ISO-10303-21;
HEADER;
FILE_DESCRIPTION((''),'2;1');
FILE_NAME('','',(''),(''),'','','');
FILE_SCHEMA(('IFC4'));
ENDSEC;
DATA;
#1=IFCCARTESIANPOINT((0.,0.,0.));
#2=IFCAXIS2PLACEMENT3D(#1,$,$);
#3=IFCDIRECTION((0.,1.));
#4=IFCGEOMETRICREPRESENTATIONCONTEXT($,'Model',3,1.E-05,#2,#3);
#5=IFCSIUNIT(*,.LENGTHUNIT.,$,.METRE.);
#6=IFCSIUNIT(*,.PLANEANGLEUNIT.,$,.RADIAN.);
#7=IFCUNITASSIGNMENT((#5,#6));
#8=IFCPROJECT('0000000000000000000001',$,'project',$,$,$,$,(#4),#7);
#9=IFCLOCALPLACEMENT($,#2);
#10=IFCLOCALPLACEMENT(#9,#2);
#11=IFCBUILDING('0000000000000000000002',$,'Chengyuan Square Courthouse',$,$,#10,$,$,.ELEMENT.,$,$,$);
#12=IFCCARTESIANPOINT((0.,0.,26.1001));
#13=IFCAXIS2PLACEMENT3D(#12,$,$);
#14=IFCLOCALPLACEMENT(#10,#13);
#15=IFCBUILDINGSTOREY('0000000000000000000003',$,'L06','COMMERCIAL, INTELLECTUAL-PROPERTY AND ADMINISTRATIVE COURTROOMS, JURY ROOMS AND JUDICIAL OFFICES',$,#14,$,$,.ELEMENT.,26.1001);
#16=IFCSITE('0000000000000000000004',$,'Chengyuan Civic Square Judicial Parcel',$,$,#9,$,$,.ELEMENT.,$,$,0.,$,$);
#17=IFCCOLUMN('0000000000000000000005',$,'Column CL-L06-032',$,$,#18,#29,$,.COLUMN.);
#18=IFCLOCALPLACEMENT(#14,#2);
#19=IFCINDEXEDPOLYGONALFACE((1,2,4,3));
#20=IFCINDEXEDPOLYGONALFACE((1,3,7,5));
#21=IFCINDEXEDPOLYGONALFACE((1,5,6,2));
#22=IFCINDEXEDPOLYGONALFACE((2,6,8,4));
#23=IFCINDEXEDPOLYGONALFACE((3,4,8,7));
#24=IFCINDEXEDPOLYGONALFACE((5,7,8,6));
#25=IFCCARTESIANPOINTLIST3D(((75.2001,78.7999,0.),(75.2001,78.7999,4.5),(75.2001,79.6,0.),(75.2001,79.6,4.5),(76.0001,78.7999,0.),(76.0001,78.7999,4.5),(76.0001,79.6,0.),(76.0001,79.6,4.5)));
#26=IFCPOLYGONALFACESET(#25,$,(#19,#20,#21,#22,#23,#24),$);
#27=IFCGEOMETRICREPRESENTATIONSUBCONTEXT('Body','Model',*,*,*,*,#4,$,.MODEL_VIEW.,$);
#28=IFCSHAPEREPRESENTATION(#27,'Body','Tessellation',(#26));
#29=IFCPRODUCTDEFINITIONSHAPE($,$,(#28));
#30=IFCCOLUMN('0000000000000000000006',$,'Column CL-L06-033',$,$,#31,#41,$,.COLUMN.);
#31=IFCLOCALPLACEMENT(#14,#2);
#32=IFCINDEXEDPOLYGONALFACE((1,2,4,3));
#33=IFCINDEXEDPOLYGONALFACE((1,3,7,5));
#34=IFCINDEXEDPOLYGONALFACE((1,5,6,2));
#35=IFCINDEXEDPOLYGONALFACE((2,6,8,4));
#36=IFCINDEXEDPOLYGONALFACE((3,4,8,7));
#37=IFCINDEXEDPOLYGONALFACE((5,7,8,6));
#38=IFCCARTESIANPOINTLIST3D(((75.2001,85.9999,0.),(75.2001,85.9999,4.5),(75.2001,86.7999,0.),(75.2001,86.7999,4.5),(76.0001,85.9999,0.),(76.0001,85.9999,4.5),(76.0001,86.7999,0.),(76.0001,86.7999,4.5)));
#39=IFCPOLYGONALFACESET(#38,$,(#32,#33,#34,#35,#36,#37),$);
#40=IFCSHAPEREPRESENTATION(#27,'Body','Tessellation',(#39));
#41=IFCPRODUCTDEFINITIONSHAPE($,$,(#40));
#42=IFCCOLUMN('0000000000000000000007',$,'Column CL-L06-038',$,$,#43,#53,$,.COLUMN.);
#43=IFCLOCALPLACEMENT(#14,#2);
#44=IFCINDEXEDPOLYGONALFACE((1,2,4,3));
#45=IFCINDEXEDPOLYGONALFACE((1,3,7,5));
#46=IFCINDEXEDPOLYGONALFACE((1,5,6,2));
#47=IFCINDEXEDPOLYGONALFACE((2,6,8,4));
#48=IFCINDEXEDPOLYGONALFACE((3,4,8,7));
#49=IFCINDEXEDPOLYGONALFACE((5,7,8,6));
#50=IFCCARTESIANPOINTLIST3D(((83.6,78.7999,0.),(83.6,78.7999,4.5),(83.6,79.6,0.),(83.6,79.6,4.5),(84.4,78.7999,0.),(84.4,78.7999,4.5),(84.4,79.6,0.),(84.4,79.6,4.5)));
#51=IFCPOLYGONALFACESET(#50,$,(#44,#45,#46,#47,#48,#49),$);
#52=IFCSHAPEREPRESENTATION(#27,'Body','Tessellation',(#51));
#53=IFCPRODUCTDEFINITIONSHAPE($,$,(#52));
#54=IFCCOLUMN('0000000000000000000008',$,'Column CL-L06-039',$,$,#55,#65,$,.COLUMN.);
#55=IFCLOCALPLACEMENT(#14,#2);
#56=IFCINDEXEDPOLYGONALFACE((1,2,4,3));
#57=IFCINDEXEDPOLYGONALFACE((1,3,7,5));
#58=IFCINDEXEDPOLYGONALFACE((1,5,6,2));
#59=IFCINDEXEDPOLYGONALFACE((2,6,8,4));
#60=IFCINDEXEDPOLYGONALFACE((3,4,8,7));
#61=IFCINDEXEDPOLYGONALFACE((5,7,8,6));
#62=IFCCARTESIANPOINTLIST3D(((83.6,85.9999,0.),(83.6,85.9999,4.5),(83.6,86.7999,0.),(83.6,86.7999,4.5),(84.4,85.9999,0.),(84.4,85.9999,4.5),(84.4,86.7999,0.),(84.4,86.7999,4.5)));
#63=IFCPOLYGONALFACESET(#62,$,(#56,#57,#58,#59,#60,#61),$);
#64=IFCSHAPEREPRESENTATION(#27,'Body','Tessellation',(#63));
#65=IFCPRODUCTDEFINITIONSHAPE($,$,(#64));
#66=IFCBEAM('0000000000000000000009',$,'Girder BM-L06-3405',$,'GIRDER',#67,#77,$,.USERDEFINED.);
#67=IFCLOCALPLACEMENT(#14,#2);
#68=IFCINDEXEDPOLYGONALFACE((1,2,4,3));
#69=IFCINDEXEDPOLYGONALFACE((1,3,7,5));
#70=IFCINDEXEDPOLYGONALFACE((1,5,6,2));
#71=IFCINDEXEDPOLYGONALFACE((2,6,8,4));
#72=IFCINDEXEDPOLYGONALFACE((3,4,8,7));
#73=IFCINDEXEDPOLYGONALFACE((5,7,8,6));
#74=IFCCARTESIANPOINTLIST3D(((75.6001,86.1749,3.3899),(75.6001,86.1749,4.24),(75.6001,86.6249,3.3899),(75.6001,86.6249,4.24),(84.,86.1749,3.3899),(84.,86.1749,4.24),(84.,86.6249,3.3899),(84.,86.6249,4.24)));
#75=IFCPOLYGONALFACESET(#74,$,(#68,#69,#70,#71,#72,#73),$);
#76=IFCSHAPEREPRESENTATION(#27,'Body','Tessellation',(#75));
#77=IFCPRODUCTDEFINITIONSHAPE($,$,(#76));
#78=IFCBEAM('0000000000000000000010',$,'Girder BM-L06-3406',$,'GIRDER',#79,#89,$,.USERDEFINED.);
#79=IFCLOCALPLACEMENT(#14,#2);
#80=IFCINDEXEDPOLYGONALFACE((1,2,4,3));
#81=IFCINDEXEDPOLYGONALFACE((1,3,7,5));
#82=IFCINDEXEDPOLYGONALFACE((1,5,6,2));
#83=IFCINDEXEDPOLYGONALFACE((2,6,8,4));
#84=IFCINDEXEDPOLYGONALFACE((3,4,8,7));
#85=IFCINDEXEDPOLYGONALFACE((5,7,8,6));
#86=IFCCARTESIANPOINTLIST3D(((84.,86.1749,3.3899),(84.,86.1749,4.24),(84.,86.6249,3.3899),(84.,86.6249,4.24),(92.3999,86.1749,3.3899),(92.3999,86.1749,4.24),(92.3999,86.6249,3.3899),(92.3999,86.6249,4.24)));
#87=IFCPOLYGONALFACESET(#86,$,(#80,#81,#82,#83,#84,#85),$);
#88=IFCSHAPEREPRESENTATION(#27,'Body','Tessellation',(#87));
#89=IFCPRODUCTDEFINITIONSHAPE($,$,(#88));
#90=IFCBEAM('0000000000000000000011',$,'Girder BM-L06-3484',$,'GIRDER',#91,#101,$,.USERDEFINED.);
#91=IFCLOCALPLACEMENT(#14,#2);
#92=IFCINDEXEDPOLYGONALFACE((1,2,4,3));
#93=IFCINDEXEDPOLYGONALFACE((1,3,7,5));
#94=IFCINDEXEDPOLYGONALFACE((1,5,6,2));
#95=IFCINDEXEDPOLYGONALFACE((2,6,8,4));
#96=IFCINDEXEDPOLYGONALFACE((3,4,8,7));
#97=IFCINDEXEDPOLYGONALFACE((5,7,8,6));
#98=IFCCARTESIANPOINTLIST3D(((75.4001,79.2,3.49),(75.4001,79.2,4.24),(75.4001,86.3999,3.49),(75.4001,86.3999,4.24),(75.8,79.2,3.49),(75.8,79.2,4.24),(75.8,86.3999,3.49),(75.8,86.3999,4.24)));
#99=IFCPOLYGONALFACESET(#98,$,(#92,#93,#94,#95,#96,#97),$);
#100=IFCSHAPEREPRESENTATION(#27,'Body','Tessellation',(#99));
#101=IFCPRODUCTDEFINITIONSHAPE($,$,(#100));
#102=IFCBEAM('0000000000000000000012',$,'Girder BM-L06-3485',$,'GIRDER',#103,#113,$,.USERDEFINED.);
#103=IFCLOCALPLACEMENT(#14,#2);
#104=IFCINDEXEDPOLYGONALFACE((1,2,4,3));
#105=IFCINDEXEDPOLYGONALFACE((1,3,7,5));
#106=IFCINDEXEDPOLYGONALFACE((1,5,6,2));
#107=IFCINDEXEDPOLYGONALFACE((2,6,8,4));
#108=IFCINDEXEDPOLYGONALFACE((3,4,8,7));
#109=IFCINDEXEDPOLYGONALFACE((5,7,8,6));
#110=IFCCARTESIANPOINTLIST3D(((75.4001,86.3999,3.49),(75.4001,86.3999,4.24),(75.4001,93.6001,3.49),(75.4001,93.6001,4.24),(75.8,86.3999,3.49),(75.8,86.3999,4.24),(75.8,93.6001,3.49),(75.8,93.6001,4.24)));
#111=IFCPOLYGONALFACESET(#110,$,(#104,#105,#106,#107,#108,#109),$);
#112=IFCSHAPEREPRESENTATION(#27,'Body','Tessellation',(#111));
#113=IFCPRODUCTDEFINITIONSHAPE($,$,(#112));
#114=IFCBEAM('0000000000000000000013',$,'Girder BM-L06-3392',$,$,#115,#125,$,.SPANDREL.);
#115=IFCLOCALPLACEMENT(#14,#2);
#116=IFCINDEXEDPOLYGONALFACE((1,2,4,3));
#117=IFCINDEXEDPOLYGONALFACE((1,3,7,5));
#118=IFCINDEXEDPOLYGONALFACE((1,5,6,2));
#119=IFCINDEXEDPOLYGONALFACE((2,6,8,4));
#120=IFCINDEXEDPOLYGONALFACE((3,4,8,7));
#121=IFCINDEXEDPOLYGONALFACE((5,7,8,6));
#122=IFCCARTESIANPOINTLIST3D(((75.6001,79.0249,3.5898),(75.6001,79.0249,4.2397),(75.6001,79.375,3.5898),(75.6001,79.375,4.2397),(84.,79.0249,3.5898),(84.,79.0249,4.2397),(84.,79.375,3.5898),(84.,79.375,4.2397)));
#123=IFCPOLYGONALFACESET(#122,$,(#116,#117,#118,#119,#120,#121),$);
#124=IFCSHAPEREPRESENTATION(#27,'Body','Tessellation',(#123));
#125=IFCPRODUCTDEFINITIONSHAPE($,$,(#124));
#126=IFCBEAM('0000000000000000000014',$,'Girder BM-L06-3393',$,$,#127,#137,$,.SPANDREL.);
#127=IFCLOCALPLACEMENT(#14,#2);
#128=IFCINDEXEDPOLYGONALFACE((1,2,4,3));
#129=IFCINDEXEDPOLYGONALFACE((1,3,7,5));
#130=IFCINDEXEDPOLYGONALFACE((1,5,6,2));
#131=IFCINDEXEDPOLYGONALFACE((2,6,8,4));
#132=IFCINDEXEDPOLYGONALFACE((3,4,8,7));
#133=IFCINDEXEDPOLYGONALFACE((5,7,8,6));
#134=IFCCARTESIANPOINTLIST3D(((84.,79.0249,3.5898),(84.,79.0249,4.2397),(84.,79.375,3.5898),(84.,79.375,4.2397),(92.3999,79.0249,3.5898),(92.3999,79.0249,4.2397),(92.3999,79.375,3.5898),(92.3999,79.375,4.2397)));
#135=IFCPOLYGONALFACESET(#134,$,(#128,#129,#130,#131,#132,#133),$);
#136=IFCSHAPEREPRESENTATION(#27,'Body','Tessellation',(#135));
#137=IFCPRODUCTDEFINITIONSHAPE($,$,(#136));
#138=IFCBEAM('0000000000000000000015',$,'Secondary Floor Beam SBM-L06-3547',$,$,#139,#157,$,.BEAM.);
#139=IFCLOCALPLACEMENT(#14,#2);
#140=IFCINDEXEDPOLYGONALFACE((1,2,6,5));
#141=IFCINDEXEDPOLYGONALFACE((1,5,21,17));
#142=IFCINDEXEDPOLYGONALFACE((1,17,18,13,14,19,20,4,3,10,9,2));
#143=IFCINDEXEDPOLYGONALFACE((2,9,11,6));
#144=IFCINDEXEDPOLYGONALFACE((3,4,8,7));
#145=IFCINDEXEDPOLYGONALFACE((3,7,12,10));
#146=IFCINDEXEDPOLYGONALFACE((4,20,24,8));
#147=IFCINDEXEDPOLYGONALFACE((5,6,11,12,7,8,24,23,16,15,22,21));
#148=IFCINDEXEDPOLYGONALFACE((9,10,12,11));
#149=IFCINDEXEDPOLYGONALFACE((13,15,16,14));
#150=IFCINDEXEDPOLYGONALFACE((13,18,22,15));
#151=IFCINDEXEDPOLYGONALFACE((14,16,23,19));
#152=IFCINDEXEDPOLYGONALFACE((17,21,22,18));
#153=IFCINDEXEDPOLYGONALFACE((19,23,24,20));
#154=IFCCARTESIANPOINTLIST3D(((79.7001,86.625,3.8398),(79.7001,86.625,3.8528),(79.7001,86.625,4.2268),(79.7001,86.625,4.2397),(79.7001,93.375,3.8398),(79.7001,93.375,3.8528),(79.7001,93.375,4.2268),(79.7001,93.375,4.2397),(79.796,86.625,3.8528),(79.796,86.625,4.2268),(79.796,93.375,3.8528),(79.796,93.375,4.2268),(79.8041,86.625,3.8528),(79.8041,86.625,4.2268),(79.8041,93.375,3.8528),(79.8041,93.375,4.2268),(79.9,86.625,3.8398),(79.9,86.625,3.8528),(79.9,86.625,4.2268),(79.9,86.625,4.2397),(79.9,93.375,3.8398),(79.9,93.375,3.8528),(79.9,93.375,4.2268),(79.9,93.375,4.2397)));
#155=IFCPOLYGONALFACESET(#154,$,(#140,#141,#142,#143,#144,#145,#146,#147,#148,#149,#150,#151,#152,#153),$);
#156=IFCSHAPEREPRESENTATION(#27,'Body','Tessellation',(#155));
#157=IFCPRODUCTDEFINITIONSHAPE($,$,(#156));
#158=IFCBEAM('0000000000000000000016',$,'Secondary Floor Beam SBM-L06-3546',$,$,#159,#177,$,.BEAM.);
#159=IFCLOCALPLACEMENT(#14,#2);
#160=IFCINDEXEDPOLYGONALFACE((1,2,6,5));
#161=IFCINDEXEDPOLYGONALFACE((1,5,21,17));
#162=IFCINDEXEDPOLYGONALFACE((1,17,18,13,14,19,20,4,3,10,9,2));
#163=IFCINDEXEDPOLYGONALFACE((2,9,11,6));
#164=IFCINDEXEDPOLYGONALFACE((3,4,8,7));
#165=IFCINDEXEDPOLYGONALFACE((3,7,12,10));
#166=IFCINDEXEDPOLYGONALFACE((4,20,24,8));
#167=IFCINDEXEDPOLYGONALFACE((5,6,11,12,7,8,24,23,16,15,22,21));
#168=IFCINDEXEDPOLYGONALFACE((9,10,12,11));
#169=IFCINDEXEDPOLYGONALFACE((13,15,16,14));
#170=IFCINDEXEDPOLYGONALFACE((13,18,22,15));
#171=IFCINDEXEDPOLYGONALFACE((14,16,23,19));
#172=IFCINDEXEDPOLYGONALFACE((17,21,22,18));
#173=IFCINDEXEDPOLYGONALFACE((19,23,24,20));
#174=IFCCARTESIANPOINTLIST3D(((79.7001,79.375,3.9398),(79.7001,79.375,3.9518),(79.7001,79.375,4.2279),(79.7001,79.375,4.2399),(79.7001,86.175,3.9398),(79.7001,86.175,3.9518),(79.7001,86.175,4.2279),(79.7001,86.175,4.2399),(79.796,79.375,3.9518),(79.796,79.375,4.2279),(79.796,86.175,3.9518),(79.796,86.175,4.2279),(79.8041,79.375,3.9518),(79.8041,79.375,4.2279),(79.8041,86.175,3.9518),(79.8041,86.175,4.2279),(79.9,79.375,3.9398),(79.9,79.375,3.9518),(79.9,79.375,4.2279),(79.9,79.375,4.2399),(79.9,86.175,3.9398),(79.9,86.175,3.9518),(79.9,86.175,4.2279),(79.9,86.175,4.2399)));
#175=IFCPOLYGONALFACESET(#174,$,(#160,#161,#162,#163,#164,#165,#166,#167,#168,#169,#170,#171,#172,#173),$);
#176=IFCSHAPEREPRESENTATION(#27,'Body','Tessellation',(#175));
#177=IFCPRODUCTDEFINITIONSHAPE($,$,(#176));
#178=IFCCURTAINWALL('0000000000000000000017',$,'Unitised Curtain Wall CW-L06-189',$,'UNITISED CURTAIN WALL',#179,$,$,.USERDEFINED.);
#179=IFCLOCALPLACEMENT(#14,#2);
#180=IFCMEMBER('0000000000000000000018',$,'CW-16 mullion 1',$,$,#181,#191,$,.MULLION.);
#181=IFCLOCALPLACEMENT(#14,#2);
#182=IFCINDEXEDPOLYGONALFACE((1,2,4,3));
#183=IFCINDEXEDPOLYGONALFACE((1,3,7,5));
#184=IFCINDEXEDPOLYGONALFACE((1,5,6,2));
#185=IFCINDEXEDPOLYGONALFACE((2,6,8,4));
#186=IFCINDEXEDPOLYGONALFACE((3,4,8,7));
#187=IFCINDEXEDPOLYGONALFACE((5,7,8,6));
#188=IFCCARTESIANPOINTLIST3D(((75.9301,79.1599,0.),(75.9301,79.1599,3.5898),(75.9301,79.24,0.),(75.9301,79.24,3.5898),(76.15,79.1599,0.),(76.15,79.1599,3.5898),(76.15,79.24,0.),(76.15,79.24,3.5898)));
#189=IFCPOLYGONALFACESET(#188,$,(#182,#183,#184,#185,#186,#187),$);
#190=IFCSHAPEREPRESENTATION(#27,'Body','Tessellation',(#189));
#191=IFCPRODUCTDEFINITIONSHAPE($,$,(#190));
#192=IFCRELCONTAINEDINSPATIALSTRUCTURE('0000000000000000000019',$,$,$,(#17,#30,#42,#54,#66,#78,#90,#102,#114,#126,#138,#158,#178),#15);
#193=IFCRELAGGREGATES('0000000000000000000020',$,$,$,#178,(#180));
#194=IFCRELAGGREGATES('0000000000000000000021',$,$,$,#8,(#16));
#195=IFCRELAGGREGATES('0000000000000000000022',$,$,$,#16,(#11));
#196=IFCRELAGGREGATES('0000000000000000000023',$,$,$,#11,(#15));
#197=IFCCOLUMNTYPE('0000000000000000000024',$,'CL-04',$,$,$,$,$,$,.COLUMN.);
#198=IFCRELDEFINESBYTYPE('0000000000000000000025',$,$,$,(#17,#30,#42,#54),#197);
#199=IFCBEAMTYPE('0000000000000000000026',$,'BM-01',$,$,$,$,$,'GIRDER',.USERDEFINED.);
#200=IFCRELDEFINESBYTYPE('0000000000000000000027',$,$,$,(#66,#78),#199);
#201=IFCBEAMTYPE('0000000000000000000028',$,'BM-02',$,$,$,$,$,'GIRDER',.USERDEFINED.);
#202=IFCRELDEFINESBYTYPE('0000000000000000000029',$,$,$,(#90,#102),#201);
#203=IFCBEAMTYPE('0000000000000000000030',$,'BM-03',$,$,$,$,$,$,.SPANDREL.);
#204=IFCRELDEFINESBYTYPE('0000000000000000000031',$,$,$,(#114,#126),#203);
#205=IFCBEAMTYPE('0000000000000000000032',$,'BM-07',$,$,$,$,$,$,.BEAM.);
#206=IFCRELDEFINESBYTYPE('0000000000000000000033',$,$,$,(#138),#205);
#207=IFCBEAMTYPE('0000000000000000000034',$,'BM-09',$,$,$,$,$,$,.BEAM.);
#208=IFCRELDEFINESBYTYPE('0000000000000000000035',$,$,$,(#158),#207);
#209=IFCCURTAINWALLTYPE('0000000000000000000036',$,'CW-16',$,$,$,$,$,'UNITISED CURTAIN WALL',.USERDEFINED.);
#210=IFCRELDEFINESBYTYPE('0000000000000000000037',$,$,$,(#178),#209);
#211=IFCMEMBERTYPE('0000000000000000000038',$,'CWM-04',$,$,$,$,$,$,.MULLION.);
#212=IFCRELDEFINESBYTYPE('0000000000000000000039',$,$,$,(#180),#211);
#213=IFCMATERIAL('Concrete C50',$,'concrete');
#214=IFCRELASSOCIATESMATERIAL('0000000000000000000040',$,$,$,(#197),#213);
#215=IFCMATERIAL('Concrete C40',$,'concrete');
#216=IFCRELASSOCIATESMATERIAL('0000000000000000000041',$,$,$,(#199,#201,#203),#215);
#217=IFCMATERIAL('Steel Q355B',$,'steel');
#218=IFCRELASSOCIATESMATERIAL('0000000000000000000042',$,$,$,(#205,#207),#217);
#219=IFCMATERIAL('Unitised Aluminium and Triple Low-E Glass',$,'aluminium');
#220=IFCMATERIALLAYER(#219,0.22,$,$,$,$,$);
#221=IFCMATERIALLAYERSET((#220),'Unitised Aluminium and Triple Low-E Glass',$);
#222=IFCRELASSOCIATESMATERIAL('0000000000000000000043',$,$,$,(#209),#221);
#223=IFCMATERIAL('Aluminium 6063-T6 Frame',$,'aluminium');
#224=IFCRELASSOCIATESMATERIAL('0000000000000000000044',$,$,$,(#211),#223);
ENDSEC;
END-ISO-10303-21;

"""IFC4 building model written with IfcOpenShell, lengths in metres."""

from ifc_helpers import new_model, si_unit, direction, frame, origin, origin_2d, place, context, subcontext, project, spatial, rectangle, i_section, extrude, material, layer, layer_set, material_profile, profile_set, type_object, element, aggregate, save


model = new_model("IFC4")

# Units and contexts
model_context = context("Model", 3, precision=1e-05, world=origin(), true_north=direction((0.0, 1.0)))
body_context = subcontext(model_context, "Body", "Model", "MODEL_VIEW")
ifc_project = project(units=[si_unit("LENGTHUNIT", "METRE"), si_unit("PLANEANGLEUNIT", "RADIAN")], contexts=[model_context])

# Site, building, storey
site_placement = place(None, origin())
site = spatial("IfcSite", under=ifc_project, at=site_placement, Name="Chengyuan Civic Square Judicial Parcel", CompositionType="ELEMENT", RefElevation=0.0)
building_placement = place(site_placement, origin())
building = spatial("IfcBuilding", under=site, at=building_placement, Name="Chengyuan Square Courthouse", CompositionType="ELEMENT")
storey_placement = place(building_placement, frame((0.0, 0.0, 26.1001)))
storey = spatial("IfcBuildingStorey", under=building, at=storey_placement, Name="L06", Description="COMMERCIAL, INTELLECTUAL-PROPERTY AND ADMINISTRATIVE COURTROOMS, JURY ROOMS AND JUDICIAL OFFICES", CompositionType="ELEMENT", Elevation=26.1001)

# Columns
ifc_material_1 = material(Name="Concrete C50", Category="concrete")
ifc_material_profile_1 = material_profile(ifc_material_1, rectangle(XDim=0.8, YDim=0.8, at=origin_2d()), Name="RC-COL-800x800")
ifc_profile_set_1 = profile_set([ifc_material_profile_1], Name="Concrete C50")
column_type = type_object("IfcColumnType", Name="CL-04", PredefinedType="COLUMN", material=ifc_profile_set_1)
for number, where, z_axis, x_axis, name in (
    (1, (75.6001, 79.2, 0.0), (0.0, 0.0, 1.0), (1.0, 0.0, 0.0), "Column CL-L06-032"),
    (2, (75.6001, 86.3999, 0.0), (0.0, 0.0, 1.0), (1.0, 0.0, 0.0), "Column CL-L06-033"),
    (3, (84.0, 79.2, 0.0), (0.0, 0.0, 1.0), (1.0, 0.0, 0.0), "Column CL-L06-038"),
    (4, (84.0, 86.3999, 0.0), (0.0, 0.0, 1.0), (1.0, 0.0, 0.0), "Column CL-L06-039"),
):
    element("IfcColumn", number, at=place(storey_placement, frame(where, z_axis=z_axis, x_axis=x_axis)), inside=storey, type_object=column_type, Name=name, PredefinedType="COLUMN", context=body_context, shape_type="SweptSolid", body=[
        extrude(rectangle(XDim=0.8, YDim=0.8, at=origin_2d()), origin(), (0.0, 0.0, 1.0), 4.5),
    ])

# Beams
ifc_material_2 = material(Name="Concrete C40", Category="concrete")
ifc_material_profile_2 = material_profile(ifc_material_2, rectangle(XDim=0.45, YDim=0.8501, at=origin_2d()), Name="RC-BM-450x850")
ifc_profile_set_2 = profile_set([ifc_material_profile_2], Name="Concrete C40")
beam_type_1 = type_object("IfcBeamType", Name="BM-01", ElementType="GIRDER", PredefinedType="USERDEFINED", material=ifc_profile_set_2)
for number, where, z_axis, x_axis, name in (
    (5, (75.6001, 86.3999, 3.8149), (1.0, 0.0, 0.0), (0.0, 1.0, 0.0), "Girder BM-L06-3405"),
    (6, (84.0, 86.3999, 3.8149), (1.0, 0.0, 0.0), (0.0, 1.0, 0.0), "Girder BM-L06-3406"),
):
    element("IfcBeam", number, at=place(storey_placement, frame(where, z_axis=z_axis, x_axis=x_axis)), inside=storey, type_object=beam_type_1, Name=name, ObjectType="GIRDER", PredefinedType="USERDEFINED", context=body_context, shape_type="SweptSolid", body=[
        extrude(rectangle(XDim=0.45, YDim=0.8501, at=origin_2d()), origin(), (0.0, 0.0, 1.0), 8.3999),
    ])
ifc_material_profile_3 = material_profile(ifc_material_2, rectangle(XDim=0.3999, YDim=0.75, at=origin_2d()), Name="RC-BM-400x750")
ifc_profile_set_3 = profile_set([ifc_material_profile_3], Name="Concrete C40")
beam_type_2 = type_object("IfcBeamType", Name="BM-02", ElementType="GIRDER", PredefinedType="USERDEFINED", material=ifc_profile_set_3)
beam_1_placement = place(storey_placement, frame((75.6001, 79.2, 3.865), z_axis=(0.0, 1.0, 0.0), x_axis=(-1.0, 0.0, 0.0)))
element("IfcBeam", 7, at=beam_1_placement, inside=storey, type_object=beam_type_2, Name="Girder BM-L06-3484", ObjectType="GIRDER", PredefinedType="USERDEFINED", context=body_context, shape_type="SweptSolid", body=[
    extrude(rectangle(XDim=0.3999, YDim=0.75, at=origin_2d()), origin(), (0.0, 0.0, 1.0), 7.2),
])
beam_2_placement = place(storey_placement, frame((75.6001, 86.3999, 3.865), z_axis=(0.0, 1.0, 0.0), x_axis=(-1.0, 0.0, 0.0)))
element("IfcBeam", 8, at=beam_2_placement, inside=storey, type_object=beam_type_2, Name="Girder BM-L06-3485", ObjectType="GIRDER", PredefinedType="USERDEFINED", context=body_context, shape_type="SweptSolid", body=[
    extrude(rectangle(XDim=0.3999, YDim=0.75, at=origin_2d()), origin(), (0.0, 0.0, 1.0), 7.2002),
])
ifc_material_profile_4 = material_profile(ifc_material_2, rectangle(XDim=0.3501, YDim=0.6499, at=origin_2d()), Name="RC-BM-350x650")
ifc_profile_set_4 = profile_set([ifc_material_profile_4], Name="Concrete C40")
beam_type_3 = type_object("IfcBeamType", Name="BM-03", PredefinedType="SPANDREL", material=ifc_profile_set_4)
for number, where, z_axis, x_axis, name in (
    (9, (75.6001, 79.2, 3.9148), (1.0, 0.0, 0.0), (0.0, 1.0, 0.0), "Girder BM-L06-3392"),
    (10, (84.0, 79.2, 3.9148), (1.0, 0.0, 0.0), (0.0, 1.0, 0.0), "Girder BM-L06-3393"),
):
    element("IfcBeam", number, at=place(storey_placement, frame(where, z_axis=z_axis, x_axis=x_axis)), inside=storey, type_object=beam_type_3, Name=name, PredefinedType="SPANDREL", context=body_context, shape_type="SweptSolid", body=[
        extrude(rectangle(XDim=0.3501, YDim=0.6499, at=origin_2d()), origin(), (0.0, 0.0, 1.0), 8.3999),
    ])
ifc_material_3 = material(Name="Steel Q355B", Category="steel")
ifc_material_profile_5 = material_profile(ifc_material_3, i_section(OverallWidth=0.2, OverallDepth=0.3999, WebThickness=0.0081, FlangeThickness=0.0129, at=origin_2d()), Name="HN 400x200x8x13")
ifc_profile_set_5 = profile_set([ifc_material_profile_5], Name="Steel Q355B")
beam_type_4 = type_object("IfcBeamType", Name="BM-07", PredefinedType="BEAM", material=ifc_profile_set_5)
beam_3_placement = place(storey_placement, frame((79.8, 86.625, 4.0398), z_axis=(0.0, 1.0, 0.0), x_axis=(-1.0, 0.0, 0.0)))
element("IfcBeam", 11, at=beam_3_placement, inside=storey, type_object=beam_type_4, Name="Secondary Floor Beam SBM-L06-3547", PredefinedType="BEAM", context=body_context, shape_type="SweptSolid", body=[
    extrude(i_section(OverallWidth=0.2, OverallDepth=0.3999, WebThickness=0.0081, FlangeThickness=0.0129, at=origin_2d()), origin(), (0.0, 0.0, 1.0), 6.75),
])
ifc_material_profile_6 = material_profile(ifc_material_3, i_section(OverallWidth=0.2, OverallDepth=0.3, WebThickness=0.0081, FlangeThickness=0.012, at=origin_2d()), Name="HM 300x200x8x12")
ifc_profile_set_6 = profile_set([ifc_material_profile_6], Name="Steel Q355B")
beam_type_5 = type_object("IfcBeamType", Name="BM-09", PredefinedType="BEAM", material=ifc_profile_set_6)
beam_4_placement = place(storey_placement, frame((79.8, 79.375, 4.0898), z_axis=(0.0, 1.0, 0.0), x_axis=(-1.0, 0.0, 0.0)))
element("IfcBeam", 12, at=beam_4_placement, inside=storey, type_object=beam_type_5, Name="Secondary Floor Beam SBM-L06-3546", PredefinedType="BEAM", context=body_context, shape_type="SweptSolid", body=[
    extrude(i_section(OverallWidth=0.2, OverallDepth=0.3, WebThickness=0.0081, FlangeThickness=0.012, at=origin_2d()), origin(), (0.0, 0.0, 1.0), 6.8),
])

# Curtain wall, member
ifc_material_4 = material(Name="Unitised Aluminium and Triple Low-E Glass", Category="aluminium")
ifc_layer_1 = layer(ifc_material_4, 0.22)
ifc_layer_set_1 = layer_set([ifc_layer_1], Name="Unitised Aluminium and Triple Low-E Glass")
curtain_wall_type = type_object("IfcCurtainWallType", Name="CW-16", ElementType="UNITISED CURTAIN WALL", PredefinedType="USERDEFINED", material=ifc_layer_set_1)
curtain_wall_placement = place(storey_placement, origin())
curtain_wall = element("IfcCurtainWall", 13, at=curtain_wall_placement, inside=storey, type_object=curtain_wall_type, Name="Unitised Curtain Wall CW-L06-189", ObjectType="UNITISED CURTAIN WALL", PredefinedType="USERDEFINED")
ifc_material_5 = material(Name="Aluminium 6063-T6 Frame", Category="aluminium")
ifc_material_profile_7 = material_profile(ifc_material_5, rectangle(XDim=0.0801, YDim=0.22, at=origin_2d()), Name="CW-MUL-80x220")
ifc_profile_set_7 = profile_set([ifc_material_profile_7], Name="Aluminium 6063-T6 Frame")
member_type_1 = type_object("IfcMemberType", Name="CWM-04", PredefinedType="MULLION", material=ifc_profile_set_7)
member_1_placement = place(storey_placement, frame((76.04, 79.2, 0.0), z_axis=(0.0, 0.0, 1.0), x_axis=(0.0, 1.0, 0.0)))
member_1 = element("IfcMember", 14, at=member_1_placement, type_object=member_type_1, Name="CW-16 mullion 1", PredefinedType="MULLION", context=body_context, shape_type="SweptSolid", body=[
    extrude(rectangle(XDim=0.0801, YDim=0.22, at=origin_2d()), origin(), (0.0, 0.0, 1.0), 3.5898),
])
aggregate(curtain_wall, [member_1])

save(model, "model.ifc")
